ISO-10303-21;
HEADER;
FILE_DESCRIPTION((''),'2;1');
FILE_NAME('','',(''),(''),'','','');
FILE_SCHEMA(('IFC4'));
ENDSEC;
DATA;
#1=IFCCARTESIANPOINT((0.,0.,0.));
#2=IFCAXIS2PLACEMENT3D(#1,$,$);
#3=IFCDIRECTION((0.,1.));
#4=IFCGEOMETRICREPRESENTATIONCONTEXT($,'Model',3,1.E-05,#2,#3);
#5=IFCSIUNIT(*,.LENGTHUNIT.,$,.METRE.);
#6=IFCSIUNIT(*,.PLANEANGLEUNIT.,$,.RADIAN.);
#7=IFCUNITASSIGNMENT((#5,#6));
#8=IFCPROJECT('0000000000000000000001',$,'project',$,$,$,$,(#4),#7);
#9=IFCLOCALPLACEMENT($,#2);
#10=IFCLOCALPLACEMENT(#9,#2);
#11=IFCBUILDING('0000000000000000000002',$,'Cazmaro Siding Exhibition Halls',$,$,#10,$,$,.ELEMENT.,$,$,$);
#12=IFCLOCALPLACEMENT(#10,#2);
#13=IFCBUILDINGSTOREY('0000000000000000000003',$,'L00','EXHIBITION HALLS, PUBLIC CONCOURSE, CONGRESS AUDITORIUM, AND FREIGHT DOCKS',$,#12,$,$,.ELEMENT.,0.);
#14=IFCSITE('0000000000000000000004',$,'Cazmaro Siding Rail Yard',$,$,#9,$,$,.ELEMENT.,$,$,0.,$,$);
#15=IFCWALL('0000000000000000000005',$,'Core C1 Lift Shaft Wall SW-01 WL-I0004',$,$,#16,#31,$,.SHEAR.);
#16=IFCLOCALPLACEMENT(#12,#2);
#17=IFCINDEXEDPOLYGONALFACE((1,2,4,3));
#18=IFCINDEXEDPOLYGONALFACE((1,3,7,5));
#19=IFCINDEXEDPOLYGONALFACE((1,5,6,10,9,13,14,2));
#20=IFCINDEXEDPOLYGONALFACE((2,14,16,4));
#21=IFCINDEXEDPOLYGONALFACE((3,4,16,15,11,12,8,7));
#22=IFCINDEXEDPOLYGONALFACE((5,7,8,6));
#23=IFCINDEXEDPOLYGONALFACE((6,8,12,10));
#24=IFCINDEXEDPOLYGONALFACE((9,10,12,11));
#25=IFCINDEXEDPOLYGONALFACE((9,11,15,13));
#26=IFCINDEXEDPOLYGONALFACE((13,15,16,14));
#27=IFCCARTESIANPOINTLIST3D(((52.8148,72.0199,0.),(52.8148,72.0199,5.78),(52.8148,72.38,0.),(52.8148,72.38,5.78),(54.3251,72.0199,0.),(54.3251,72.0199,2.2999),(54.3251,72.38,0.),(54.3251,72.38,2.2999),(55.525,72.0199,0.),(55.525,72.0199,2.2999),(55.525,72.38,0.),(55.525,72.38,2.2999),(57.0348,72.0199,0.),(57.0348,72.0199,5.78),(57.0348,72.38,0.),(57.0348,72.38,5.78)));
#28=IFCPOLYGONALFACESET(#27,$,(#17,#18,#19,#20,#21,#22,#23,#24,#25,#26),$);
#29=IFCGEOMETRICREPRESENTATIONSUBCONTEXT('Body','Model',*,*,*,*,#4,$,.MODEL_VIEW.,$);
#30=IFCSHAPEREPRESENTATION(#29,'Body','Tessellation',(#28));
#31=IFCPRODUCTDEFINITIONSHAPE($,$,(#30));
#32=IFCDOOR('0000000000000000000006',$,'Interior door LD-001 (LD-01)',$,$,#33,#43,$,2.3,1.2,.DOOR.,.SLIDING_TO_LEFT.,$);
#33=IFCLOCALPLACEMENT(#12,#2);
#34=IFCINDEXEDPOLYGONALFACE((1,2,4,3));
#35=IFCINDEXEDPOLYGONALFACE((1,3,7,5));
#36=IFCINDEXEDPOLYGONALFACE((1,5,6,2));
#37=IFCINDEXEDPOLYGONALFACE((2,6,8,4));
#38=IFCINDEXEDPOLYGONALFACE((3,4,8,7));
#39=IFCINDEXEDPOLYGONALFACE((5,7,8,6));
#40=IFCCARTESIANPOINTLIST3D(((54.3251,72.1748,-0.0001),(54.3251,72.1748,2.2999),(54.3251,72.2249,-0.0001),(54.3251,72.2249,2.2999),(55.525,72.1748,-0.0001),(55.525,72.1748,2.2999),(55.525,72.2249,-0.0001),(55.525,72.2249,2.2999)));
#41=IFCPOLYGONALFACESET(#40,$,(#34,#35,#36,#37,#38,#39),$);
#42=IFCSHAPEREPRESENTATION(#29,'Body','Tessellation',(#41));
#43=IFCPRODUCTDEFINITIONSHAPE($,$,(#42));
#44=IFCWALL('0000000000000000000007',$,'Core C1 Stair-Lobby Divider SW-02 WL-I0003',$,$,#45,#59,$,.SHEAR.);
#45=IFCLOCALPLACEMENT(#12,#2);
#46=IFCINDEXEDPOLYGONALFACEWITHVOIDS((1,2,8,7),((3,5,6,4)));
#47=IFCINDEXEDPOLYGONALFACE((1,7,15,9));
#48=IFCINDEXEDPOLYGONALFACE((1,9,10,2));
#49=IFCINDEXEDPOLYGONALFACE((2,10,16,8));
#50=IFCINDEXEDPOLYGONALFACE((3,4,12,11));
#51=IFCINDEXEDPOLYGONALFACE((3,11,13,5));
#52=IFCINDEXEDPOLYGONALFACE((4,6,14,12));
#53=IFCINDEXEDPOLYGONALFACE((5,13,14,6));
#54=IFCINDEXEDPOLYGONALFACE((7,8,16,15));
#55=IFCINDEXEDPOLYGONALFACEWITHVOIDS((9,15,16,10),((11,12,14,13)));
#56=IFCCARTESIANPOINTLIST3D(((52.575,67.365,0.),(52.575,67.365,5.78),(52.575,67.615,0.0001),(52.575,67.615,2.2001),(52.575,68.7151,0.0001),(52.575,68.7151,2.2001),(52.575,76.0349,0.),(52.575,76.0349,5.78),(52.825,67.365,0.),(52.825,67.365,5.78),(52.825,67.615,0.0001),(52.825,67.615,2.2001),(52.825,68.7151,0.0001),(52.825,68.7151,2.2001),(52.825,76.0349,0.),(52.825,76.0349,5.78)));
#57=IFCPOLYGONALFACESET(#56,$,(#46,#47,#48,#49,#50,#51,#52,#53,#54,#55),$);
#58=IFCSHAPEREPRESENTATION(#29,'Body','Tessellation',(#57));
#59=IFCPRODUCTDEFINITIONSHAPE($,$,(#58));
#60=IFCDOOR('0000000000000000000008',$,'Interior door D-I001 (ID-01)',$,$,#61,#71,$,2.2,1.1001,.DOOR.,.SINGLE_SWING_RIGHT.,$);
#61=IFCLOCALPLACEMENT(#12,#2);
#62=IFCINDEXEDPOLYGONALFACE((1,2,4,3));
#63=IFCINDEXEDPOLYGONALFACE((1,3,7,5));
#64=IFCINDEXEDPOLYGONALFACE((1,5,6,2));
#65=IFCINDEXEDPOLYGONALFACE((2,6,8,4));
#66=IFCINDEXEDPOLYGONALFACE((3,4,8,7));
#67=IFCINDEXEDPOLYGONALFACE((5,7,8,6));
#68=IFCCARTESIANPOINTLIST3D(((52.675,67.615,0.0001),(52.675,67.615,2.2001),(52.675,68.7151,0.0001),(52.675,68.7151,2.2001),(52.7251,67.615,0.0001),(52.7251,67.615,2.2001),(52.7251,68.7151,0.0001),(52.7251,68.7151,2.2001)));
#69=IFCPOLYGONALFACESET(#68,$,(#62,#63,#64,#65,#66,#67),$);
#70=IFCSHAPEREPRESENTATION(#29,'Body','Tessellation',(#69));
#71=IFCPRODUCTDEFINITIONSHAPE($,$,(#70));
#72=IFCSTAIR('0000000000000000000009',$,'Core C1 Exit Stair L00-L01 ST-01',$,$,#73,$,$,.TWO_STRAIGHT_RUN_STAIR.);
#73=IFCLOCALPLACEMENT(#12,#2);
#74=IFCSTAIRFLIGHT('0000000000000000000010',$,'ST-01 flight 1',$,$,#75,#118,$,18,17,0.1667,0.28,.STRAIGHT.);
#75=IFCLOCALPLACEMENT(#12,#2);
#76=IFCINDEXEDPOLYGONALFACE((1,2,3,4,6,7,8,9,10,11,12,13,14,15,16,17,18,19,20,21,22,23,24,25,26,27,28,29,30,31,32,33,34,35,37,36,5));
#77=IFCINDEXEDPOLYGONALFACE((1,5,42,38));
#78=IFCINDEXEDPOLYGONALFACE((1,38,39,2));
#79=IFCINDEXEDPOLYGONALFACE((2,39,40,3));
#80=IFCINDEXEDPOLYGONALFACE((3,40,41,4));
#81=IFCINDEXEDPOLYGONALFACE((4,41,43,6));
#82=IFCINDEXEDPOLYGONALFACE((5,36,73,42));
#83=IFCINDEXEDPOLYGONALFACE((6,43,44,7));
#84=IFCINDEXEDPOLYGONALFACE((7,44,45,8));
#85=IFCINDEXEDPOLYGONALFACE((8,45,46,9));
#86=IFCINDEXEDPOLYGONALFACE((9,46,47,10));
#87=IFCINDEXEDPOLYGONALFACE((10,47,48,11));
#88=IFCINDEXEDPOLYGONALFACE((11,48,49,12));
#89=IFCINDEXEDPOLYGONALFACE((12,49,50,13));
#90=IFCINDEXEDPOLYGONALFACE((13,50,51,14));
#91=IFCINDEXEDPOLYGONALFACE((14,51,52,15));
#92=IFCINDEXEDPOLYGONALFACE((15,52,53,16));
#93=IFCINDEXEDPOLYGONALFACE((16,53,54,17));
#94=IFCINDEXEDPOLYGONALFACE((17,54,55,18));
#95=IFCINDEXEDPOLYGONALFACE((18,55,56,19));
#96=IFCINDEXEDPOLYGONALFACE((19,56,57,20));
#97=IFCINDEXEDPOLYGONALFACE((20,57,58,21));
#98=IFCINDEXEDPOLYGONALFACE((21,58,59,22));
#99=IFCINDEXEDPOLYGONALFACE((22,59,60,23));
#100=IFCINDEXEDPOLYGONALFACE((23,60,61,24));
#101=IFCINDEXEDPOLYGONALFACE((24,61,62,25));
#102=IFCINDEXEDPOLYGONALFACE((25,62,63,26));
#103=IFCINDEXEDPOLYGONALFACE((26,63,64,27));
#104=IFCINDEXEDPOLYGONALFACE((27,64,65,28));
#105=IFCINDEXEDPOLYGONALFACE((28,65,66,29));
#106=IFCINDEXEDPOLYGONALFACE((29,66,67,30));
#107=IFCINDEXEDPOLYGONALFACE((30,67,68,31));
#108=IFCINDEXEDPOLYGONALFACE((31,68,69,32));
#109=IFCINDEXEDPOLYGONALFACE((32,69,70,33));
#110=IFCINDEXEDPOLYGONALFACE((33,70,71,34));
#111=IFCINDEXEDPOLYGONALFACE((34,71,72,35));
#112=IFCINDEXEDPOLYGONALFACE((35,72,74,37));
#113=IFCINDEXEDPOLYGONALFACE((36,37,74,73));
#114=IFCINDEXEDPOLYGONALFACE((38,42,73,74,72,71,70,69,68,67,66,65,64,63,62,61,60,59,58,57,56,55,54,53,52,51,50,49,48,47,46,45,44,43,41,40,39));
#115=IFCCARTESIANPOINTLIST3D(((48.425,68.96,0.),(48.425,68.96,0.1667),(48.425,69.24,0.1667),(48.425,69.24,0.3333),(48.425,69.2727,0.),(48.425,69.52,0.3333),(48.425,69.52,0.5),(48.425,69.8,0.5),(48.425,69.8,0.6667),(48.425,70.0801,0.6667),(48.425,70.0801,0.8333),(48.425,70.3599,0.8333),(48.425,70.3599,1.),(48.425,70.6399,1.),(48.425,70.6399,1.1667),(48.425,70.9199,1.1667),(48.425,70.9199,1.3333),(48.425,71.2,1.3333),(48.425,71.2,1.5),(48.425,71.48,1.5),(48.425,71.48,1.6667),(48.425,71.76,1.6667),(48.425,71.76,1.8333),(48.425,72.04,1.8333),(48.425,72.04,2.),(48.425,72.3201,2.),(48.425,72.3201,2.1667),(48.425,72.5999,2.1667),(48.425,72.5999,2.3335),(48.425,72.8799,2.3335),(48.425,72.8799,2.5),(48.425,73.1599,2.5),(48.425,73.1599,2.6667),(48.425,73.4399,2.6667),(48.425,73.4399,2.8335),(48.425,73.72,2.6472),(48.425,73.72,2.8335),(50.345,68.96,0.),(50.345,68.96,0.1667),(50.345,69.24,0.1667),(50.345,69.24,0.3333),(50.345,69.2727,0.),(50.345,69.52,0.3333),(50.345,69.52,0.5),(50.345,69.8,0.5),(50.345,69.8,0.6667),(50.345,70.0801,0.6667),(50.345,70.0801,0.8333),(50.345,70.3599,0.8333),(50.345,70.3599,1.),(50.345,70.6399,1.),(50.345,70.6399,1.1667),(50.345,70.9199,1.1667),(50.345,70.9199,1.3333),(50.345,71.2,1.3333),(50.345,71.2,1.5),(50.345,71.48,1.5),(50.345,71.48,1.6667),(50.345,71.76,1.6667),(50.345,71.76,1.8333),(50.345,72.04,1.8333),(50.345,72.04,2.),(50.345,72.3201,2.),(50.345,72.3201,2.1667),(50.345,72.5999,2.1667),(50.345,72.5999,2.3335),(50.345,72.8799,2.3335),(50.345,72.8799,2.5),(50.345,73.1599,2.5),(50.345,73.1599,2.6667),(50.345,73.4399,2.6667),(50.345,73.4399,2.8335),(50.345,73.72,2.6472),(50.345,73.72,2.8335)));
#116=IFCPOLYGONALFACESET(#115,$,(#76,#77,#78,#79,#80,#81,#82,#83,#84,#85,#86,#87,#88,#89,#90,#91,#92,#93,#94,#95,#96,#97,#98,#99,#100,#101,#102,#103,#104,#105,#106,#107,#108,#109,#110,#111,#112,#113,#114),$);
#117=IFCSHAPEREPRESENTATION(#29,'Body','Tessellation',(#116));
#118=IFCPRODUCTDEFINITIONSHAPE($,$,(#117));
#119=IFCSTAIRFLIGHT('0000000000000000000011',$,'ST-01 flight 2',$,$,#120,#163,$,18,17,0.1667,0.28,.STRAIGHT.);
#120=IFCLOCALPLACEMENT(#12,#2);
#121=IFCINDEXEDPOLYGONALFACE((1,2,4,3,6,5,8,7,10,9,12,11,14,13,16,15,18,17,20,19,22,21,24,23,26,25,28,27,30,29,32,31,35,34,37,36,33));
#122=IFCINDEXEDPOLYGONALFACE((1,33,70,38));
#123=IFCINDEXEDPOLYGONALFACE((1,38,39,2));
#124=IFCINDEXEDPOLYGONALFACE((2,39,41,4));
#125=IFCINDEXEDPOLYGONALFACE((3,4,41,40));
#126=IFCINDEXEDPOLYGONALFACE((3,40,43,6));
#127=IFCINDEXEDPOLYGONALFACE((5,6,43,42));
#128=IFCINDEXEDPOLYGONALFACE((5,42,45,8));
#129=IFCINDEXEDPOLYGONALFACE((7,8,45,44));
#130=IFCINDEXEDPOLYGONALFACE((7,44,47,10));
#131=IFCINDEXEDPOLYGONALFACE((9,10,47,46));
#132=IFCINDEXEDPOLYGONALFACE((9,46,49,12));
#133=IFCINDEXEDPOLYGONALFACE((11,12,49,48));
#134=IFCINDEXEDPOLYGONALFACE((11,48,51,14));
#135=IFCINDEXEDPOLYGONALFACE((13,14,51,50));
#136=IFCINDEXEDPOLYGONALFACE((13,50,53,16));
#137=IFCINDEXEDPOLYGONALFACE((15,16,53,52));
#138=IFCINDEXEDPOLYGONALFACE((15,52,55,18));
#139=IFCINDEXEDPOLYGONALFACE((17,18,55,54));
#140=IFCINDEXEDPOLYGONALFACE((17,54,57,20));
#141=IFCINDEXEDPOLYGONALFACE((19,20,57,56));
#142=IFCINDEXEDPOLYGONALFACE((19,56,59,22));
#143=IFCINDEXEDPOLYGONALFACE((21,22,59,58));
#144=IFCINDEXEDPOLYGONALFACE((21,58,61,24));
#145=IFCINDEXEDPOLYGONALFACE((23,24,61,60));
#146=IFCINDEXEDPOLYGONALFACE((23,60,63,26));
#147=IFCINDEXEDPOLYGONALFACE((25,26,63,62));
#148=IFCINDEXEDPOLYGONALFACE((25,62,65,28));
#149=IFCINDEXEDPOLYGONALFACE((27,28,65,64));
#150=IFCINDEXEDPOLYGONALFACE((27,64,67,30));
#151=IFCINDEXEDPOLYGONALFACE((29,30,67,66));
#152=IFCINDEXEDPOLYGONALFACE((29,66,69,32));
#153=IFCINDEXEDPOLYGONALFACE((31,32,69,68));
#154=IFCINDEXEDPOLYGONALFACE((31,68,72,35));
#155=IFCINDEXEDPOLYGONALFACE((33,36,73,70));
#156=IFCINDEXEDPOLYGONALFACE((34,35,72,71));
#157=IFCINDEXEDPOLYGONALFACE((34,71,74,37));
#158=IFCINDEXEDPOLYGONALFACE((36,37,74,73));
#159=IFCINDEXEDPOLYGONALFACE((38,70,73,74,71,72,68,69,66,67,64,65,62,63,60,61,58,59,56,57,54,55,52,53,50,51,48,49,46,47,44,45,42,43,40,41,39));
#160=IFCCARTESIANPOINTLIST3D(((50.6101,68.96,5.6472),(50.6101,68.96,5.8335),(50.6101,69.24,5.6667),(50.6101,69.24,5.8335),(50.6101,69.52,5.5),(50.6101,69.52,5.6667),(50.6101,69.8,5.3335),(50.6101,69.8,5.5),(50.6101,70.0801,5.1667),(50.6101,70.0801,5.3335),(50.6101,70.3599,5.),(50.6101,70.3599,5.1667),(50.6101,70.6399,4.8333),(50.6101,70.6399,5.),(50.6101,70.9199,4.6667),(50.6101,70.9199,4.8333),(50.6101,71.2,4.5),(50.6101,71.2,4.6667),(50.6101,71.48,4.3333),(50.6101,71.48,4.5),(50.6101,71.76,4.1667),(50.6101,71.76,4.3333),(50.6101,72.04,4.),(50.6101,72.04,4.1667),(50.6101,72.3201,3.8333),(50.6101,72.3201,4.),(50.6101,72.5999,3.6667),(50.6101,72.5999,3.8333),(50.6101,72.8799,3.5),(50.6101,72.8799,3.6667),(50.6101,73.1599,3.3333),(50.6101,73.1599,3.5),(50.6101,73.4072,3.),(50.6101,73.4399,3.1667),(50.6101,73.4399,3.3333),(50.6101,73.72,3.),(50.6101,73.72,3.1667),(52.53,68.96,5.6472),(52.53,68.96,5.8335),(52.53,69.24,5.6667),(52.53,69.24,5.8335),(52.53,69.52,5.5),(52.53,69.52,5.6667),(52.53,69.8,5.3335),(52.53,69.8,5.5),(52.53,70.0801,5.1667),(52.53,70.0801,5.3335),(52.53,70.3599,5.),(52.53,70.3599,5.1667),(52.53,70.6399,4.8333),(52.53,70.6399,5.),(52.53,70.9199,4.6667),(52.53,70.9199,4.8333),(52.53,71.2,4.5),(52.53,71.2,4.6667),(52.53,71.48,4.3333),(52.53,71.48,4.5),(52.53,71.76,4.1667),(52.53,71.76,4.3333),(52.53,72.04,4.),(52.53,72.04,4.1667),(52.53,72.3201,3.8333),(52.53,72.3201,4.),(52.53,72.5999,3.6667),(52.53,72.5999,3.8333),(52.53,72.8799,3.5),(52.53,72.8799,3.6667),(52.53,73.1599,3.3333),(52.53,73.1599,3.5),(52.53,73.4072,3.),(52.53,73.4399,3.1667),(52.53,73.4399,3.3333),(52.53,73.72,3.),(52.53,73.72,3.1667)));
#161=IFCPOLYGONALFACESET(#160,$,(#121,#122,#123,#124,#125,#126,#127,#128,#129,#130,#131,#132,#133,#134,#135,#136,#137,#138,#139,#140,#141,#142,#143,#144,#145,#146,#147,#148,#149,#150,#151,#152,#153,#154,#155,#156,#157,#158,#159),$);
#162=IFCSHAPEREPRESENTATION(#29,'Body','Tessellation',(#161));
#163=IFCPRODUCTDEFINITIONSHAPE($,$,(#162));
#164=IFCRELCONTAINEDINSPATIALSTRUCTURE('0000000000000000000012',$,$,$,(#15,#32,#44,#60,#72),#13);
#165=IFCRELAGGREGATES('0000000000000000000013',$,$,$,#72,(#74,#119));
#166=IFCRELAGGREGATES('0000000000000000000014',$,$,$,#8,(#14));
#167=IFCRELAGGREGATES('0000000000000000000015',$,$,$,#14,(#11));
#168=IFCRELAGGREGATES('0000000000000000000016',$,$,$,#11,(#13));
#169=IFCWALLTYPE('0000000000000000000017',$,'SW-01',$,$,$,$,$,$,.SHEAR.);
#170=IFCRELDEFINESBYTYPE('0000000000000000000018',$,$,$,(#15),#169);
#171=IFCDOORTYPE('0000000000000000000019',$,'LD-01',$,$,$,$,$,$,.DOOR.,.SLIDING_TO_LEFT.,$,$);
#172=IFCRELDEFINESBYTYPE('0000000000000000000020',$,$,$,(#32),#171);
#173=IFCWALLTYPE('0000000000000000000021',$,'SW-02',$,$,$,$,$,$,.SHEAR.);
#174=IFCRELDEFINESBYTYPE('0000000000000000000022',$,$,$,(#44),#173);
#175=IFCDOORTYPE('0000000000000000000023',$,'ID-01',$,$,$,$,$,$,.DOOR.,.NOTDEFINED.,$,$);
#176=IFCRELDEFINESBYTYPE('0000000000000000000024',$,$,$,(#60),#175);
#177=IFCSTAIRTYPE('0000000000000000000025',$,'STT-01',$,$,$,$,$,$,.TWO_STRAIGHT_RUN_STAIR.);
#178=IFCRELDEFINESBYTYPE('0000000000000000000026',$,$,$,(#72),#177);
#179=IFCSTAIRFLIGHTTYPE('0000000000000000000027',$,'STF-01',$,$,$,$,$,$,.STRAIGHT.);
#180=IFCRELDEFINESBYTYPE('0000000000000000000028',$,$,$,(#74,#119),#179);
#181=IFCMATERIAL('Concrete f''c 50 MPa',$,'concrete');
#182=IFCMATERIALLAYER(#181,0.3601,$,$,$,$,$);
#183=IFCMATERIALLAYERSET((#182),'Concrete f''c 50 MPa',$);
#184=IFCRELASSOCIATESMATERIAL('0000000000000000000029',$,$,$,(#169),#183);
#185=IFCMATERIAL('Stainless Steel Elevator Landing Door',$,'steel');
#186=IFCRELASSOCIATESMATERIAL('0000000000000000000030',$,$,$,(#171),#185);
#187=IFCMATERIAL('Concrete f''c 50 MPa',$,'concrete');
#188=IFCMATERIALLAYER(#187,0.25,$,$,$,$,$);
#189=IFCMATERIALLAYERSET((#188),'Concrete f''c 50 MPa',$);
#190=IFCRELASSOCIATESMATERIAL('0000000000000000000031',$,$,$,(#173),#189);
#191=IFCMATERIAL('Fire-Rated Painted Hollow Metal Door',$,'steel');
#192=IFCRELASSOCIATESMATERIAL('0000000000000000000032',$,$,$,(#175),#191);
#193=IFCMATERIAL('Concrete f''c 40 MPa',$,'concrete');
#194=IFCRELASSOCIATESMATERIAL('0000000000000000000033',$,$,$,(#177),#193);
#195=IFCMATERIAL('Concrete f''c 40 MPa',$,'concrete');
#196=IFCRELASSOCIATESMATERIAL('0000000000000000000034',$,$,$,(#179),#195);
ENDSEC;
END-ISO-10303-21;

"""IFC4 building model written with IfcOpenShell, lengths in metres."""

from ifc_helpers import new_model, si_unit, direction, frame, frame_2d, origin, place, context, subcontext, project, spatial, polyline, rectangle, outline, extrude, material, layer, layer_set, type_object, element, fill, aggregate, save


model = new_model("IFC4")

# Units and contexts
model_context = context("Model", 3, precision=1e-05, world=origin(), true_north=direction((0.0, 1.0)))
body_context = subcontext(model_context, "Body", "Model", "MODEL_VIEW")
ifc_project = project(units=[si_unit("LENGTHUNIT", "METRE"), si_unit("PLANEANGLEUNIT", "RADIAN")], contexts=[model_context])

# Site, building, storey
site_placement = place(None, origin())
site = spatial("IfcSite", under=ifc_project, at=site_placement, Name="Cazmaro Siding Rail Yard", CompositionType="ELEMENT", RefElevation=0.0)
building_placement = place(site_placement, origin())
building = spatial("IfcBuilding", under=site, at=building_placement, Name="Cazmaro Siding Exhibition Halls", CompositionType="ELEMENT")
storey_placement = place(building_placement, origin())
storey = spatial("IfcBuildingStorey", under=building, at=storey_placement, Name="L00", Description="EXHIBITION HALLS, PUBLIC CONCOURSE, CONGRESS AUDITORIUM, AND FREIGHT DOCKS", CompositionType="ELEMENT", Elevation=0.0)

# Shared definitions
ifc_material_1 = material(Name="Concrete f'c 50 MPa", Category="concrete")
ifc_layer_1 = layer(ifc_material_1, 0.3601)
ifc_layer_set_1 = layer_set([ifc_layer_1], Name="Concrete f'c 50 MPa")
wall_type_1 = type_object("IfcWallType", Name="SW-01", PredefinedType="SHEAR", material=ifc_layer_set_1)

# Walls, openings, doors
wall_1_placement = place(storey_placement, frame((52.8149, 72.2, 0.0), z_axis=(0.0, 0.0, 1.0), x_axis=(1.0, 0.0, 0.0)))
wall_1 = element("IfcWall", 1, at=wall_1_placement, inside=storey, type_object=wall_type_1, Name="Core C1 Lift Shaft Wall SW-01 WL-I0004", PredefinedType="SHEAR", context=body_context, shape_type="SweptSolid", body=[
    extrude(rectangle(XDim=4.22, YDim=0.3601, at=frame_2d((2.1099, 0.0))), origin(), (0.0, 0.0, 1.0), 5.78),
])
opening_1_placement = place(wall_1_placement, frame((1.51, 0.0, 0.0)))
opening_1 = element("IfcOpeningElement", 2, at=opening_1_placement, cuts=wall_1, PredefinedType="OPENING", context=body_context, shape_type="SweptSolid", body=[
    extrude(rectangle(XDim=1.2, YDim=2.3, at=frame_2d((0.6001, 1.1499))), frame((0.0, 0.1899, 0.0), z_axis=(0.0, -1.0, 0.0), x_axis=(1.0, 0.0, 0.0)), (0.0, 0.0, 1.0), 0.3801),
])
ifc_material_2 = material(Name="Stainless Steel Elevator Landing Door", Category="steel")
door_type_1 = type_object("IfcDoorType", Name="LD-01", OperationType="SLIDING_TO_LEFT", PredefinedType="DOOR", material=ifc_material_2)
door_1_placement = place(opening_1_placement, origin())
door_1 = element("IfcDoor", 3, at=door_1_placement, inside=storey, type_object=door_type_1, Name="Interior door LD-001 (LD-01)", OperationType="SLIDING_TO_LEFT", OverallHeight=2.3, OverallWidth=1.2, PredefinedType="DOOR", context=body_context, shape_type="SweptSolid", body=[
    extrude(rectangle(XDim=1.2, YDim=2.3, at=frame_2d((0.6001, 1.1499))), frame((0.0, 0.0249, 0.0), z_axis=(0.0, -1.0, 0.0), x_axis=(1.0, 0.0, 0.0)), (0.0, 0.0, 1.0), 0.05),
])
fill(opening_1, door_1)
ifc_material_3 = material(Name="Concrete f'c 50 MPa", Category="concrete")
ifc_layer_2 = layer(ifc_material_3, 0.25)
ifc_layer_set_2 = layer_set([ifc_layer_2], Name="Concrete f'c 50 MPa")
wall_type_2 = type_object("IfcWallType", Name="SW-02", PredefinedType="SHEAR", material=ifc_layer_set_2)
wall_2_placement = place(storey_placement, frame((52.7, 67.365, 0.0), z_axis=(0.0, 0.0, 1.0), x_axis=(0.0, 1.0, 0.0)))
wall_2 = element("IfcWall", 4, at=wall_2_placement, inside=storey, type_object=wall_type_2, Name="Core C1 Stair-Lobby Divider SW-02 WL-I0003", PredefinedType="SHEAR", context=body_context, shape_type="SweptSolid", body=[
    extrude(rectangle(XDim=8.6699, YDim=0.25, at=frame_2d((4.335, 0.0))), origin(), (0.0, 0.0, 1.0), 5.78),
])
opening_2_placement = place(wall_2_placement, frame((0.25, 0.0, 0.0)))
opening_2 = element("IfcOpeningElement", 5, at=opening_2_placement, cuts=wall_2, PredefinedType="OPENING", context=body_context, shape_type="SweptSolid", body=[
    extrude(rectangle(XDim=1.1001, YDim=2.2, at=frame_2d((0.55, 1.1001))), frame((0.0, 0.135, 0.0), z_axis=(0.0, -1.0, 0.0), x_axis=(1.0, 0.0, 0.0)), (0.0, 0.0, 1.0), 0.27),
])
ifc_material_4 = material(Name="Fire-Rated Painted Hollow Metal Door", Category="steel")
door_type_2 = type_object("IfcDoorType", Name="ID-01", OperationType="NOTDEFINED", PredefinedType="DOOR", material=ifc_material_4)
door_2_placement = place(opening_2_placement, origin())
door_2 = element("IfcDoor", 6, at=door_2_placement, inside=storey, type_object=door_type_2, Name="Interior door D-I001 (ID-01)", OperationType="SINGLE_SWING_RIGHT", OverallHeight=2.2, OverallWidth=1.1001, PredefinedType="DOOR", context=body_context, shape_type="SweptSolid", body=[
    extrude(rectangle(XDim=1.1001, YDim=2.2, at=frame_2d((0.55, 1.1001))), frame((0.0, 0.0249, 0.0), z_axis=(0.0, -1.0, 0.0), x_axis=(1.0, 0.0, 0.0)), (0.0, 0.0, 1.0), 0.05),
])
fill(opening_2, door_2)

# Stair, stair flights
ifc_material_5 = material(Name="Concrete f'c 40 MPa", Category="concrete")
stair_type = type_object("IfcStairType", Name="STT-01", PredefinedType="TWO_STRAIGHT_RUN_STAIR", material=ifc_material_5)
stair_placement = place(storey_placement, origin())
stair = element("IfcStair", 7, at=stair_placement, inside=storey, type_object=stair_type, Name="Core C1 Exit Stair L00-L01 ST-01", PredefinedType="TWO_STRAIGHT_RUN_STAIR")
ifc_material_6 = material(Name="Concrete f'c 40 MPa", Category="concrete")
stair_flight_type = type_object("IfcStairFlightType", Name="STF-01", PredefinedType="STRAIGHT", material=ifc_material_6)
stair_flight_1_placement = place(storey_placement, frame((49.385, 68.96, 0.0), z_axis=(0.0, 0.0, 1.0), x_axis=(0.0, 1.0, 0.0)))
stair_flight_1 = element("IfcStairFlight", 8, at=stair_flight_1_placement, type_object=stair_flight_type, Name="ST-01 flight 1", NumberOfRisers=18, NumberOfTreads=17, PredefinedType="STRAIGHT", RiserHeight=0.1667, TreadLength=0.28, context=body_context, shape_type="SweptSolid", body=[
    extrude(outline(polyline([(0.0, 0.0), (0.0, 0.1667), (0.28, 0.1667), (0.28, 0.3333), (0.5601, 0.3333), (0.5601, 0.5), (0.8401, 0.5), (0.8401, 0.6667), (1.1201, 0.6667), (1.1201, 0.8333), (1.3999, 0.8333), (1.3999, 1.0), (1.6799, 1.0), (1.6799, 1.1667), (1.96, 1.1667), (1.96, 1.3333), (2.24, 1.3333), (2.24, 1.5), (2.52, 1.5), (2.52, 1.6667), (2.8, 1.6667), (2.8, 1.8333), (3.0801, 1.8333), (3.0801, 2.0), (3.3601, 2.0), (3.3601, 2.1667), (3.6399, 2.1667), (3.6399, 2.3335), (3.9199, 2.3335), (3.9199, 2.5), (4.2, 2.5), (4.2, 2.6667), (4.48, 2.6667), (4.48, 2.8335), (4.76, 2.8335), (4.76, 3.0), (4.76, 2.6472), (0.3127, 0.0), (0.0, 0.0)])), frame((0.0, 0.96, 0.0), z_axis=(0.0, -1.0, 0.0), x_axis=(1.0, 0.0, 0.0)), (0.0, 0.0, 1.0), 1.9199),
])
stair_flight_2_placement = place(storey_placement, frame((51.5701, 73.72, 3.0), z_axis=(0.0, 0.0, 1.0), x_axis=(0.0, -1.0, 0.0)))
stair_flight_2 = element("IfcStairFlight", 9, at=stair_flight_2_placement, type_object=stair_flight_type, Name="ST-01 flight 2", NumberOfRisers=18, NumberOfTreads=17, PredefinedType="STRAIGHT", RiserHeight=0.1667, TreadLength=0.28, context=body_context, shape_type="SweptSolid", body=[
    extrude(outline(polyline([(0.0, 0.0), (0.0, 0.1667), (0.28, 0.1667), (0.28, 0.3333), (0.5601, 0.3333), (0.5601, 0.5), (0.8401, 0.5), (0.8401, 0.6667), (1.1201, 0.6667), (1.1201, 0.8333), (1.3999, 0.8333), (1.3999, 1.0), (1.6799, 1.0), (1.6799, 1.1667), (1.96, 1.1667), (1.96, 1.3333), (2.24, 1.3333), (2.24, 1.5), (2.52, 1.5), (2.52, 1.6667), (2.8, 1.6667), (2.8, 1.8333), (3.0801, 1.8333), (3.0801, 2.0), (3.3601, 2.0), (3.3601, 2.1667), (3.6399, 2.1667), (3.6399, 2.3335), (3.9199, 2.3335), (3.9199, 2.5), (4.2, 2.5), (4.2, 2.6667), (4.48, 2.6667), (4.48, 2.8335), (4.76, 2.8335), (4.76, 3.0), (4.76, 2.6472), (0.3127, 0.0), (0.0, 0.0)])), frame((0.0, 0.96, 0.0), z_axis=(0.0, -1.0, 0.0), x_axis=(1.0, 0.0, 0.0)), (0.0, 0.0, 1.0), 1.9199),
])
aggregate(stair, [stair_flight_1, stair_flight_2])

save(model, "model.ifc")
